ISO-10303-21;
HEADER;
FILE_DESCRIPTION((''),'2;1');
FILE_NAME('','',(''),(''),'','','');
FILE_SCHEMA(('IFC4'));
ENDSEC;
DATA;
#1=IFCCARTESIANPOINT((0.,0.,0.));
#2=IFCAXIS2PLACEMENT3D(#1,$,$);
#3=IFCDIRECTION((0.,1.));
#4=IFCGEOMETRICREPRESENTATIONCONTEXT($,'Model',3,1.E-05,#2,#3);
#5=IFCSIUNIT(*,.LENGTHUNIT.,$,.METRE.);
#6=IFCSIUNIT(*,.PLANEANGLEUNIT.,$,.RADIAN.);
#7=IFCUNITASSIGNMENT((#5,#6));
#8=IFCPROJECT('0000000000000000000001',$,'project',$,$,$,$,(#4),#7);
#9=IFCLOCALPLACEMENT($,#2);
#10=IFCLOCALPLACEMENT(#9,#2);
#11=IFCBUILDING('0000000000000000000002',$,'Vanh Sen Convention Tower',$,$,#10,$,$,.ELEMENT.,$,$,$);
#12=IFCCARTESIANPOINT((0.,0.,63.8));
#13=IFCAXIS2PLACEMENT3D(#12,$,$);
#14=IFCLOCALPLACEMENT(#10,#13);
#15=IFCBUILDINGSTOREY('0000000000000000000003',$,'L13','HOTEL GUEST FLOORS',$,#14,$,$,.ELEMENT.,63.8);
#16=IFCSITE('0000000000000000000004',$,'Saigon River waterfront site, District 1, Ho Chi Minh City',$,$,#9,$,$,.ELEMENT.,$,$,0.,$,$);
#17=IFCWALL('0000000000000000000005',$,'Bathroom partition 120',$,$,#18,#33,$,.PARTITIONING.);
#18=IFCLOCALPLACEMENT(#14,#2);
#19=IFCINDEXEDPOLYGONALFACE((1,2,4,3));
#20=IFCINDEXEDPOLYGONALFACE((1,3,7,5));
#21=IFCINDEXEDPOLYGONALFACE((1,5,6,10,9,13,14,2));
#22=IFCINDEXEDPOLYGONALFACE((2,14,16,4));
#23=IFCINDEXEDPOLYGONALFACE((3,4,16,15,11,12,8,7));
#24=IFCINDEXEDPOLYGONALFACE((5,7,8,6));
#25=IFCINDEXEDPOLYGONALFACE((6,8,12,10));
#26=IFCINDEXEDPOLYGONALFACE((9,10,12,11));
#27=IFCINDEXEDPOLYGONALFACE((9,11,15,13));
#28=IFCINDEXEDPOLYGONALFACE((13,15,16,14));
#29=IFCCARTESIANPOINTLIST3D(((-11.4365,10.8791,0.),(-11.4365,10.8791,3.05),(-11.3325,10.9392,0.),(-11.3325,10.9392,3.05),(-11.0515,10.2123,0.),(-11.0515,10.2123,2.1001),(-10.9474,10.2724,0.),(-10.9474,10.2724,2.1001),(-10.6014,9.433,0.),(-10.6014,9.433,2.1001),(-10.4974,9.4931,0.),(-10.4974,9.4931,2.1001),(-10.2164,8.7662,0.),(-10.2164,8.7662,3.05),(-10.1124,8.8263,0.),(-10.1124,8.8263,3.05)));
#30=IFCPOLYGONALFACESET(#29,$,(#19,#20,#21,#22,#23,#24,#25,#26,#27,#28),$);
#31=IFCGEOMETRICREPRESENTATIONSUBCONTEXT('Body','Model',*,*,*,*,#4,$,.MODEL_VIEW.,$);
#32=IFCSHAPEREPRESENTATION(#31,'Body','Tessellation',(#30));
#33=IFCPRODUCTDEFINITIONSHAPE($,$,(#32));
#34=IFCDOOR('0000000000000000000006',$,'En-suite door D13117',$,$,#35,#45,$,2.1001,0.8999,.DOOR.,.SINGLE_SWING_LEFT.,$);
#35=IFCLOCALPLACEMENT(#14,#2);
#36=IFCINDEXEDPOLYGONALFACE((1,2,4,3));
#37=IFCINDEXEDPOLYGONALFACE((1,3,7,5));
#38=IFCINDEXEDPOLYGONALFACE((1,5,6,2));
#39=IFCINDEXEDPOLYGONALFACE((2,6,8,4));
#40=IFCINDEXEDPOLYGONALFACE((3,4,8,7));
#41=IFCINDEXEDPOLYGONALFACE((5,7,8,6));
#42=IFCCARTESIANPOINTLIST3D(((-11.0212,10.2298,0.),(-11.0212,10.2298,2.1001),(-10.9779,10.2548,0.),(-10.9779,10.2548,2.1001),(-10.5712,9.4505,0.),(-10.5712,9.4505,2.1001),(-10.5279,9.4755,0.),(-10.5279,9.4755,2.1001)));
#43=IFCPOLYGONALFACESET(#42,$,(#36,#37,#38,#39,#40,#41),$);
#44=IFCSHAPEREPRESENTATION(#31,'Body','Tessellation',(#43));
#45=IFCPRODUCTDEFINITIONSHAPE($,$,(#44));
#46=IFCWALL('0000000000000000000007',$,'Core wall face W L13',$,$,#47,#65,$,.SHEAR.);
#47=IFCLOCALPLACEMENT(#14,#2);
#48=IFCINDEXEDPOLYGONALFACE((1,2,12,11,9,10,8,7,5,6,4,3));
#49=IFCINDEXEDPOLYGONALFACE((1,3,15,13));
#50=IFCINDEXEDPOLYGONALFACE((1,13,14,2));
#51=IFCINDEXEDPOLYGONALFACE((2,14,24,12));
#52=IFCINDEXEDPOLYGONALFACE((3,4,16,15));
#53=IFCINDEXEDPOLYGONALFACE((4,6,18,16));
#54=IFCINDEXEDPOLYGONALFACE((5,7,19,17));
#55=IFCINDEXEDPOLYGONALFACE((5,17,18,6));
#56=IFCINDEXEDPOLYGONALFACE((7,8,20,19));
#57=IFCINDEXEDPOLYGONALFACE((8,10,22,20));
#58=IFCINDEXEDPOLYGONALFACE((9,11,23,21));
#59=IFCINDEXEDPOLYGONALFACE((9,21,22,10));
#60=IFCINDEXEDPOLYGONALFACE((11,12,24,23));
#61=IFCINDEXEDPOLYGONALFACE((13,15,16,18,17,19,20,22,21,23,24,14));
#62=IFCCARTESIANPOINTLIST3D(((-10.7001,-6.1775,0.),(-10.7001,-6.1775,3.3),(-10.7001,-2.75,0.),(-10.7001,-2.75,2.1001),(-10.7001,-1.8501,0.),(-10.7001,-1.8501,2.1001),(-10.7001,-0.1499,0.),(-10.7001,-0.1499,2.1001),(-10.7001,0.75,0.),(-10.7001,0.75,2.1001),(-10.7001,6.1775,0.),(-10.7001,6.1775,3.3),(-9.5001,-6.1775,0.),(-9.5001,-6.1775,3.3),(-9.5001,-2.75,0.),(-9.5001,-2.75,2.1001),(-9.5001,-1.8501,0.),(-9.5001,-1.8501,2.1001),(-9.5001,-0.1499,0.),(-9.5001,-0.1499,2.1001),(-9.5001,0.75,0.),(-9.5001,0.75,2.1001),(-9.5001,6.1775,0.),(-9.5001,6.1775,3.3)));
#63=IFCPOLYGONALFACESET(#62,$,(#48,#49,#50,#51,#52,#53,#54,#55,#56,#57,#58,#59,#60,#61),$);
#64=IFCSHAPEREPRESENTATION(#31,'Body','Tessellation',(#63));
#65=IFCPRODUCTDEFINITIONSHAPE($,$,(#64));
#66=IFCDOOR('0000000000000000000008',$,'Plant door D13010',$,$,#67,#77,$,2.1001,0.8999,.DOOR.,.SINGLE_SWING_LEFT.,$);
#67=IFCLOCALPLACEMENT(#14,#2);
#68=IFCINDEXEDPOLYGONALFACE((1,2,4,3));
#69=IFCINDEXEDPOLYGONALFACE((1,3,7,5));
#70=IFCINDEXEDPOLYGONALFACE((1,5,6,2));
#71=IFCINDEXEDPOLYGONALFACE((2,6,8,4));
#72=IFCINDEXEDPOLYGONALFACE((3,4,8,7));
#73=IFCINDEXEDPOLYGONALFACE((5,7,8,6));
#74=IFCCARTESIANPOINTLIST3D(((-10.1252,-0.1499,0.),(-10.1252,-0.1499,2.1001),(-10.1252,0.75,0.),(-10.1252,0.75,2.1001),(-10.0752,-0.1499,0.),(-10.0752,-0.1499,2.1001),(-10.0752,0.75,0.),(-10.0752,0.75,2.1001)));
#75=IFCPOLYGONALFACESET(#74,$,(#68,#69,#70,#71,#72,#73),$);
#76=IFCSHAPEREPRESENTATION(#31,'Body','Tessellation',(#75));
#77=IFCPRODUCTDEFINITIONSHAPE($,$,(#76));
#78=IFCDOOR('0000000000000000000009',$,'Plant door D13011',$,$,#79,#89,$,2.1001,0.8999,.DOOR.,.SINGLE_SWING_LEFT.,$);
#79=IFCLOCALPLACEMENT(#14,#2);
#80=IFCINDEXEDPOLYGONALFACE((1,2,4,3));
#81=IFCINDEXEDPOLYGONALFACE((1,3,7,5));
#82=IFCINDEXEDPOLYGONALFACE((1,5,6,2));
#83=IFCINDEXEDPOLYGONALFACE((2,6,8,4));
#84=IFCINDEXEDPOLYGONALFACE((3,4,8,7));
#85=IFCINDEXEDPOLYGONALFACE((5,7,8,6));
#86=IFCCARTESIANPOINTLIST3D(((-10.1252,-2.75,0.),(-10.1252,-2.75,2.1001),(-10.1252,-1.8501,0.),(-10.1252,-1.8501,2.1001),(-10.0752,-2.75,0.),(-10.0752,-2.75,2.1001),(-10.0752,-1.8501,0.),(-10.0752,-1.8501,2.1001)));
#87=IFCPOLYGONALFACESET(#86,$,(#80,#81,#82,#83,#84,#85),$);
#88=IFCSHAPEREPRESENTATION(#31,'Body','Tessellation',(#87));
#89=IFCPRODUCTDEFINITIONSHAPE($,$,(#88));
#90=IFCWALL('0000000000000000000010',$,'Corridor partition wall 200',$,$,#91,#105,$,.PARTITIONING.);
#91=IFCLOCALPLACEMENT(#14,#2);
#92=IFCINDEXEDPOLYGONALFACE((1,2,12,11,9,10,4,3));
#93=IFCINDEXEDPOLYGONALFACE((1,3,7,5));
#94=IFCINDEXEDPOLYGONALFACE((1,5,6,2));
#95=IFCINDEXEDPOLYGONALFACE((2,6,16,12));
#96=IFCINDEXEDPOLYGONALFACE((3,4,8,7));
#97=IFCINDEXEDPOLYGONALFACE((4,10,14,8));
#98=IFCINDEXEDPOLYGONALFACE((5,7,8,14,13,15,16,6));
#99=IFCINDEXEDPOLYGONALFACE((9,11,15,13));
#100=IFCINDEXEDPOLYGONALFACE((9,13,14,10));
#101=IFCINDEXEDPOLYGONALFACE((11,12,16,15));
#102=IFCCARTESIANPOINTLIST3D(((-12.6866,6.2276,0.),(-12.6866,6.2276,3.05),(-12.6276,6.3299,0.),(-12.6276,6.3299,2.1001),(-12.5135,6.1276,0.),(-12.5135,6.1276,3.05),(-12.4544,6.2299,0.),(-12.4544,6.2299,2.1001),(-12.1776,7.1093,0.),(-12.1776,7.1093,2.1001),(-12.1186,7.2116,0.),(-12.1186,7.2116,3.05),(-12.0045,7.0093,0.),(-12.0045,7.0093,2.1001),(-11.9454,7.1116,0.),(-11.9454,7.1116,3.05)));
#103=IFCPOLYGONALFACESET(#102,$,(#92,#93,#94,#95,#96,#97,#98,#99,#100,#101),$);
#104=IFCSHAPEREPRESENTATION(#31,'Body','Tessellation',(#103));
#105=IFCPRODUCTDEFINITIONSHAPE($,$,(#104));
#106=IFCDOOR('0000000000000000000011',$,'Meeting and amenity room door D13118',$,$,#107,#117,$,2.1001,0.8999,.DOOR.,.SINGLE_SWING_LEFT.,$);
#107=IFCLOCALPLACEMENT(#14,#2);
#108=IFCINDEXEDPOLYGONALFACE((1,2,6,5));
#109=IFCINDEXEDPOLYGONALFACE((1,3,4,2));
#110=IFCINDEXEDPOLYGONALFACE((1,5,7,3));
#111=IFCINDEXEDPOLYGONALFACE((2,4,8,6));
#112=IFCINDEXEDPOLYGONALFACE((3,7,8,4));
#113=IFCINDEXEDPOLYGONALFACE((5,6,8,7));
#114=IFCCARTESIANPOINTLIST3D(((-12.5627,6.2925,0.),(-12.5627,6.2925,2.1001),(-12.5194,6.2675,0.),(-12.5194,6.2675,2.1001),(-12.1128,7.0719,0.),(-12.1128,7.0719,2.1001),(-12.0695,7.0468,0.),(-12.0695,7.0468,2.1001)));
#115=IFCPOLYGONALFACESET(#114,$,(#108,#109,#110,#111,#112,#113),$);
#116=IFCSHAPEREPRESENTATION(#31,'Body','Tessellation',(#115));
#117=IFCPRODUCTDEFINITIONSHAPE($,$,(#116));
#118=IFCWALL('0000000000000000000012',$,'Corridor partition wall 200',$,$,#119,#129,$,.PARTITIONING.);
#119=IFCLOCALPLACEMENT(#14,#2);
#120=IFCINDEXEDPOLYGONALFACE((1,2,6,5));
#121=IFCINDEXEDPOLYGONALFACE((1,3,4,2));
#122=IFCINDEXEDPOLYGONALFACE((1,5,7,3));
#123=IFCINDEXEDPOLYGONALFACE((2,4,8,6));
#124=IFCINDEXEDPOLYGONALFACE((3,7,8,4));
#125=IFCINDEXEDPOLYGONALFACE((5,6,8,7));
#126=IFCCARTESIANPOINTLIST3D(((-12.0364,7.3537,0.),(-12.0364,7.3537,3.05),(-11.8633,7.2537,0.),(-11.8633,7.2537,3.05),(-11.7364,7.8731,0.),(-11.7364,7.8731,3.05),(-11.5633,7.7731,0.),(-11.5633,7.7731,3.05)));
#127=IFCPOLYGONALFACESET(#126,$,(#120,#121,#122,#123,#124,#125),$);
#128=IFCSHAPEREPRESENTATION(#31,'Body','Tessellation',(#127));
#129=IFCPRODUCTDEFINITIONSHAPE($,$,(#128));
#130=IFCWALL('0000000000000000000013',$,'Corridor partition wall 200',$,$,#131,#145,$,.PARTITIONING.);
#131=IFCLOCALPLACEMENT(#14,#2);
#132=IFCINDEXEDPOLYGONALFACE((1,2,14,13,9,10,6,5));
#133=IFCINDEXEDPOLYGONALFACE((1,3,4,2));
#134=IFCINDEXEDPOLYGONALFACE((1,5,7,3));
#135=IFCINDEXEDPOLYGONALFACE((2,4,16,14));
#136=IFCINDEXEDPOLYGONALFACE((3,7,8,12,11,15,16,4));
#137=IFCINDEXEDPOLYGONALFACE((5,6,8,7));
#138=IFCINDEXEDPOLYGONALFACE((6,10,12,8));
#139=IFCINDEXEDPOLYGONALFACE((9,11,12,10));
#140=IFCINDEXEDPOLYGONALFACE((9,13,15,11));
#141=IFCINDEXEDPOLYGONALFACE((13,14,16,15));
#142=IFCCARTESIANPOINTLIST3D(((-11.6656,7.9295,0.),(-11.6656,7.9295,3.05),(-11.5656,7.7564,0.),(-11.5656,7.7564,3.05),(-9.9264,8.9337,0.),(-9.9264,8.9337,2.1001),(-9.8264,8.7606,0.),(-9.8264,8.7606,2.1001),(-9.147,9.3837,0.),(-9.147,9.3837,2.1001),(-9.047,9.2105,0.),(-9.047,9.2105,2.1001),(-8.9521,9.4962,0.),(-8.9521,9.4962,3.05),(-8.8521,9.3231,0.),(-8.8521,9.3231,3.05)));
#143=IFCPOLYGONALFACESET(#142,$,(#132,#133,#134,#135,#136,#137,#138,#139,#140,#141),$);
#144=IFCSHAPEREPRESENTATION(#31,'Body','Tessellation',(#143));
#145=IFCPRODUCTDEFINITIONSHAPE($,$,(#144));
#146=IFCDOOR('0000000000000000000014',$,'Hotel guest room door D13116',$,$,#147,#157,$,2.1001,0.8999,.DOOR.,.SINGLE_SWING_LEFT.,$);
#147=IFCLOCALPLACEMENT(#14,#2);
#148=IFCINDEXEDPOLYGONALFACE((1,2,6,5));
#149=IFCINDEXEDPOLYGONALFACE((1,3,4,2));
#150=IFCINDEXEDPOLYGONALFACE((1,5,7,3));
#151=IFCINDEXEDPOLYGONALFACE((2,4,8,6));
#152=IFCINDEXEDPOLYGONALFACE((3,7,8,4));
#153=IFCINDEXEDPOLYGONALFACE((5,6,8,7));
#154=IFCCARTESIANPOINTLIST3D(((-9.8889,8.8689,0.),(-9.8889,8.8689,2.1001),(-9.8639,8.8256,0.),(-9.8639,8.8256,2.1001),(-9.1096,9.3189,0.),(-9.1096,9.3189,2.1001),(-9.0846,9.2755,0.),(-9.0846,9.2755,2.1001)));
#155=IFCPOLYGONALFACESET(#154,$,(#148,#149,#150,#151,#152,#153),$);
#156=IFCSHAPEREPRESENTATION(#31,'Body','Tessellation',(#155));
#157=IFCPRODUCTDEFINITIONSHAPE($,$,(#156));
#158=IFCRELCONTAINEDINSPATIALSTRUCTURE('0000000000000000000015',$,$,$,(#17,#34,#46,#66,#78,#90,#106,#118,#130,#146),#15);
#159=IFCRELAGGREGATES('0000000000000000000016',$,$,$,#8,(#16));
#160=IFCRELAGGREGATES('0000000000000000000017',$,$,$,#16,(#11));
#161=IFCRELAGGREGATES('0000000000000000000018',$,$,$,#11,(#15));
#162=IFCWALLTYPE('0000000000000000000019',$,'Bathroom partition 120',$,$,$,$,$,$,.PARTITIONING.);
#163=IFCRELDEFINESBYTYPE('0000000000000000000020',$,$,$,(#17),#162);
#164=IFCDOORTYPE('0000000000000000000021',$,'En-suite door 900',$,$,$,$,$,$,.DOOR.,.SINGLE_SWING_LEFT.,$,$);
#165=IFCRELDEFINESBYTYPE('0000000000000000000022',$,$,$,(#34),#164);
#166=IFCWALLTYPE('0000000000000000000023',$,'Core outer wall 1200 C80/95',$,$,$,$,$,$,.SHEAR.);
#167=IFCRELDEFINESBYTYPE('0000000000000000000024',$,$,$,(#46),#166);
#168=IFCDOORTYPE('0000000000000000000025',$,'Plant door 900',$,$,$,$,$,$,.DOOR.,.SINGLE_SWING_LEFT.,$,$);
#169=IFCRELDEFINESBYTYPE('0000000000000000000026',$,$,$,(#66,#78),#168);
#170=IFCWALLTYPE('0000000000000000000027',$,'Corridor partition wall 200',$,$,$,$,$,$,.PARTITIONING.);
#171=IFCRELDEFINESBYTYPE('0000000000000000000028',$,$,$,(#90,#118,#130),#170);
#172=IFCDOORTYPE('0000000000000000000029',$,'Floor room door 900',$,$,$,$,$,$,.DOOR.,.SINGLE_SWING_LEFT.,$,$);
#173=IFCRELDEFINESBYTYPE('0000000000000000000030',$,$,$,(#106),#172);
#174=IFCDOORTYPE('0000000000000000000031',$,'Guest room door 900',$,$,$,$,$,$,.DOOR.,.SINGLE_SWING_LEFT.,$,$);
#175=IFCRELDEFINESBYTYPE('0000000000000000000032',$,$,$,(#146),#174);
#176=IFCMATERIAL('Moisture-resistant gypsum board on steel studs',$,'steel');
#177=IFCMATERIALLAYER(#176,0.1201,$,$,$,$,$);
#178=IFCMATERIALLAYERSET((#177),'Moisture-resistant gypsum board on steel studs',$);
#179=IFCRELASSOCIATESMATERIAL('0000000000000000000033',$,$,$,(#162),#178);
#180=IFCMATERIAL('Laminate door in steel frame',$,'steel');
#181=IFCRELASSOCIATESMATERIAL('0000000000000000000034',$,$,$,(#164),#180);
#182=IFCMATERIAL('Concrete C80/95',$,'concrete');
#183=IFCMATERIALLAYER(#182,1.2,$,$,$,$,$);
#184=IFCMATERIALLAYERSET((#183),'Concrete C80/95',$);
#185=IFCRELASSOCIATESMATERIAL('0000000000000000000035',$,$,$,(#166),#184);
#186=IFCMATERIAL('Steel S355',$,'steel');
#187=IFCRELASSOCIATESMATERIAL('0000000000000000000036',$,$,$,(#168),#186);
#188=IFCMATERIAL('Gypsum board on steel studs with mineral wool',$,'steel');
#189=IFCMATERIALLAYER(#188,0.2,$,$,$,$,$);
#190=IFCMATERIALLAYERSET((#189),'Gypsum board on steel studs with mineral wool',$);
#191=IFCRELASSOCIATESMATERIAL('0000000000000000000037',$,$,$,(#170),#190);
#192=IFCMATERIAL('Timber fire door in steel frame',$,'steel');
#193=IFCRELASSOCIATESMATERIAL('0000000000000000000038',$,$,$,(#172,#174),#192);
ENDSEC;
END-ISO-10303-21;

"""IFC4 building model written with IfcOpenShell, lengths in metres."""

from ifc_helpers import new_model, si_unit, direction, frame, frame_2d, origin, place, context, subcontext, project, spatial, rectangle, extrude, material, layer, layer_set, type_object, element, fill, save


model = new_model("IFC4")

# Units and contexts
model_context = context("Model", 3, precision=1e-05, world=origin(), true_north=direction((0.0, 1.0)))
body_context = subcontext(model_context, "Body", "Model", "MODEL_VIEW")
ifc_project = project(units=[si_unit("LENGTHUNIT", "METRE"), si_unit("PLANEANGLEUNIT", "RADIAN")], contexts=[model_context])

# Site, building, storey
site_placement = place(None, origin())
site = spatial("IfcSite", under=ifc_project, at=site_placement, Name="Saigon River waterfront site, District 1, Ho Chi Minh City", CompositionType="ELEMENT", RefElevation=0.0)
building_placement = place(site_placement, origin())
building = spatial("IfcBuilding", under=site, at=building_placement, Name="Vanh Sen Convention Tower", CompositionType="ELEMENT")
storey_placement = place(building_placement, frame((0.0, 0.0, 63.8)))
storey = spatial("IfcBuildingStorey", under=building, at=storey_placement, Name="L13", Description="HOTEL GUEST FLOORS", CompositionType="ELEMENT", Elevation=63.8)

# Wall, opening, door
ifc_material_1 = material(Name="Moisture-resistant gypsum board on steel studs", Category="steel")
ifc_layer_1 = layer(ifc_material_1, 0.1201)
ifc_layer_set_1 = layer_set([ifc_layer_1], Name="Moisture-resistant gypsum board on steel studs")
wall_type_1 = type_object("IfcWallType", Name="Bathroom partition 120", PredefinedType="PARTITIONING", material=ifc_layer_set_1)
wall_1_placement = place(storey_placement, frame((-11.3845, 10.9092, 0.0), z_axis=(0.0, 0.0, 1.0), x_axis=(0.500078, -0.865981, 0.0)))
wall_1 = element("IfcWall", 1, at=wall_1_placement, inside=storey, type_object=wall_type_1, Name="Bathroom partition 120", PredefinedType="PARTITIONING", context=body_context, shape_type="SweptSolid", body=[
    extrude(rectangle(XDim=2.4399, YDim=0.1201, at=frame_2d((1.22, 0.0))), origin(), (0.0, 0.0, 1.0), 3.05),
])
opening_1_placement = place(wall_1_placement, frame((0.77, 0.0, 0.0)))
opening_1 = element("IfcOpeningElement", 2, at=opening_1_placement, cuts=wall_1, PredefinedType="OPENING", context=body_context, shape_type="SweptSolid", body=[
    extrude(rectangle(XDim=0.8999, YDim=2.1001, at=frame_2d((0.45, 1.05))), frame((0.0, 0.0701, 0.0), z_axis=(0.0, -1.0, 0.0), x_axis=(1.0, 0.0, 0.0)), (0.0, 0.0, 1.0), 0.1401),
])
ifc_material_2 = material(Name="Laminate door in steel frame", Category="steel")
door_type_1 = type_object("IfcDoorType", Name="En-suite door 900", OperationType="SINGLE_SWING_LEFT", PredefinedType="DOOR", material=ifc_material_2)
door_1_placement = place(opening_1_placement, origin())
door_1 = element("IfcDoor", 3, at=door_1_placement, inside=storey, type_object=door_type_1, Name="En-suite door D13117", OperationType="SINGLE_SWING_LEFT", OverallHeight=2.1001, OverallWidth=0.8999, PredefinedType="DOOR", context=body_context, shape_type="SweptSolid", body=[
    extrude(rectangle(XDim=0.8999, YDim=2.1001, at=frame_2d((0.45, 1.05))), frame((0.0, 0.0249, 0.0), z_axis=(0.0, -1.0, 0.0), x_axis=(1.0, 0.0, 0.0)), (0.0, 0.0, 1.0), 0.05),
])
fill(opening_1, door_1)

# Wall, openings, doors
ifc_material_3 = material(Name="Concrete C80/95", Category="concrete")
ifc_layer_2 = layer(ifc_material_3, 1.2)
ifc_layer_set_2 = layer_set([ifc_layer_2], Name="Concrete C80/95")
wall_type_2 = type_object("IfcWallType", Name="Core outer wall 1200 C80/95", PredefinedType="SHEAR", material=ifc_layer_set_2)
wall_2_placement = place(storey_placement, frame((-10.1001, 6.1775, 0.0), z_axis=(0.0, 0.0, 1.0), x_axis=(0.0, -1.0, 0.0)))
wall_2 = element("IfcWall", 4, at=wall_2_placement, inside=storey, type_object=wall_type_2, Name="Core wall face W L13", PredefinedType="SHEAR", context=body_context, shape_type="SweptSolid", body=[
    extrude(rectangle(XDim=12.355, YDim=1.2, at=frame_2d((6.1775, 0.0))), origin(), (0.0, 0.0, 1.0), 3.3),
])
opening_2_placement = place(wall_2_placement, frame((5.4275, 0.0, 0.0)))
opening_2 = element("IfcOpeningElement", 5, at=opening_2_placement, cuts=wall_2, PredefinedType="OPENING", context=body_context, shape_type="SweptSolid", body=[
    extrude(rectangle(XDim=0.8999, YDim=2.1001, at=frame_2d((0.45, 1.05))), frame((0.0, 0.6099, 0.0), z_axis=(0.0, -1.0, 0.0), x_axis=(1.0, 0.0, 0.0)), (0.0, 0.0, 1.0), 1.22),
])
opening_3_placement = place(wall_2_placement, frame((8.0276, 0.0, 0.0)))
opening_3 = element("IfcOpeningElement", 6, at=opening_3_placement, cuts=wall_2, PredefinedType="OPENING", context=body_context, shape_type="SweptSolid", body=[
    extrude(rectangle(XDim=0.8999, YDim=2.1001, at=frame_2d((0.45, 1.05))), frame((0.0, 0.6099, 0.0), z_axis=(0.0, -1.0, 0.0), x_axis=(1.0, 0.0, 0.0)), (0.0, 0.0, 1.0), 1.22),
])
ifc_material_4 = material(Name="Steel S355", Category="steel")
door_type_2 = type_object("IfcDoorType", Name="Plant door 900", OperationType="SINGLE_SWING_LEFT", PredefinedType="DOOR", material=ifc_material_4)
door_2_placement = place(opening_2_placement, origin())
door_2 = element("IfcDoor", 7, at=door_2_placement, inside=storey, type_object=door_type_2, Name="Plant door D13010", OperationType="SINGLE_SWING_LEFT", OverallHeight=2.1001, OverallWidth=0.8999, PredefinedType="DOOR", context=body_context, shape_type="SweptSolid", body=[
    extrude(rectangle(XDim=0.8999, YDim=2.1001, at=frame_2d((0.45, 1.05))), frame((0.0, 0.0249, 0.0), z_axis=(0.0, -1.0, 0.0), x_axis=(1.0, 0.0, 0.0)), (0.0, 0.0, 1.0), 0.05),
])
fill(opening_2, door_2)
door_3_placement = place(opening_3_placement, origin())
door_3 = element("IfcDoor", 8, at=door_3_placement, inside=storey, type_object=door_type_2, Name="Plant door D13011", OperationType="SINGLE_SWING_LEFT", OverallHeight=2.1001, OverallWidth=0.8999, PredefinedType="DOOR", context=body_context, shape_type="SweptSolid", body=[
    extrude(rectangle(XDim=0.8999, YDim=2.1001, at=frame_2d((0.45, 1.05))), frame((0.0, 0.0249, 0.0), z_axis=(0.0, -1.0, 0.0), x_axis=(1.0, 0.0, 0.0)), (0.0, 0.0, 1.0), 0.05),
])
fill(opening_3, door_3)

# Wall, opening, door
ifc_material_5 = material(Name="Gypsum board on steel studs with mineral wool", Category="steel")
ifc_layer_3 = layer(ifc_material_5, 0.2)
ifc_layer_set_3 = layer_set([ifc_layer_3], Name="Gypsum board on steel studs with mineral wool")
wall_type_3 = type_object("IfcWallType", Name="Corridor partition wall 200", PredefinedType="PARTITIONING", material=ifc_layer_set_3)
wall_3_placement = place(storey_placement, frame((-12.032, 7.1616, 0.0), z_axis=(0.0, 0.0, 1.0), x_axis=(-0.499952, -0.866053, 0.0)))
wall_3 = element("IfcWall", 9, at=wall_3_placement, inside=storey, type_object=wall_type_3, Name="Corridor partition wall 200", PredefinedType="PARTITIONING", context=body_context, shape_type="SweptSolid", body=[
    extrude(rectangle(XDim=1.1362, YDim=0.2, at=frame_2d((0.5681, 0.0))), origin(), (0.0, 0.0, 1.0), 3.05),
])
opening_4_placement = place(wall_3_placement, frame((0.1182, 0.0, 0.0)))
opening_4 = element("IfcOpeningElement", 10, at=opening_4_placement, cuts=wall_3, PredefinedType="OPENING", context=body_context, shape_type="SweptSolid", body=[
    extrude(rectangle(XDim=0.8999, YDim=2.1001, at=frame_2d((0.45, 1.05))), frame((0.0, 0.1099, 0.0), z_axis=(0.0, -1.0, 0.0), x_axis=(1.0, 0.0, 0.0)), (0.0, 0.0, 1.0), 0.22),
])
ifc_material_6 = material(Name="Timber fire door in steel frame", Category="steel")
door_type_3 = type_object("IfcDoorType", Name="Floor room door 900", OperationType="SINGLE_SWING_LEFT", PredefinedType="DOOR", material=ifc_material_6)
door_4_placement = place(opening_4_placement, origin())
door_4 = element("IfcDoor", 11, at=door_4_placement, inside=storey, type_object=door_type_3, Name="Meeting and amenity room door D13118", OperationType="SINGLE_SWING_LEFT", OverallHeight=2.1001, OverallWidth=0.8999, PredefinedType="DOOR", context=body_context, shape_type="SweptSolid", body=[
    extrude(rectangle(XDim=0.8999, YDim=2.1001, at=frame_2d((0.45, 1.05))), frame((0.0, 0.0249, 0.0), z_axis=(0.0, -1.0, 0.0), x_axis=(1.0, 0.0, 0.0)), (0.0, 0.0, 1.0), 0.05),
])
fill(opening_4, door_4)

# Wall
wall_4_placement = place(storey_placement, frame((-11.6499, 7.823, 0.0), z_axis=(0.0, 0.0, 1.0), x_axis=(-0.500122, -0.865955, 0.0)))
element("IfcWall", 12, at=wall_4_placement, inside=storey, type_object=wall_type_3, Name="Corridor partition wall 200", PredefinedType="PARTITIONING", context=body_context, shape_type="SweptSolid", body=[
    extrude(rectangle(XDim=0.5999, YDim=0.2, at=frame_2d((0.2998, 0.0))), origin(), (0.0, 0.0, 1.0), 3.05),
])

# Wall, opening, door
wall_5_placement = place(storey_placement, frame((-8.9021, 9.4097, 0.0), z_axis=(0.0, 0.0, 1.0), x_axis=(-0.866014, -0.500019, 0.0)))
wall_5 = element("IfcWall", 13, at=wall_5_placement, inside=storey, type_object=wall_type_3, Name="Corridor partition wall 200", PredefinedType="PARTITIONING", context=body_context, shape_type="SweptSolid", body=[
    extrude(rectangle(XDim=3.1333, YDim=0.2, at=frame_2d((1.5667, 0.0))), origin(), (0.0, 0.0, 1.0), 3.05),
])
opening_5_placement = place(wall_5_placement, frame((0.2251, 0.0, 0.0)))
opening_5 = element("IfcOpeningElement", 14, at=opening_5_placement, cuts=wall_5, PredefinedType="OPENING", context=body_context, shape_type="SweptSolid", body=[
    extrude(rectangle(XDim=0.8999, YDim=2.1001, at=frame_2d((0.45, 1.05))), frame((0.0, 0.1099, 0.0), z_axis=(0.0, -1.0, 0.0), x_axis=(1.0, 0.0, 0.0)), (0.0, 0.0, 1.0), 0.22),
])
door_type_4 = type_object("IfcDoorType", Name="Guest room door 900", OperationType="SINGLE_SWING_LEFT", PredefinedType="DOOR", material=ifc_material_6)
door_5_placement = place(opening_5_placement, origin())
door_5 = element("IfcDoor", 15, at=door_5_placement, inside=storey, type_object=door_type_4, Name="Hotel guest room door D13116", OperationType="SINGLE_SWING_LEFT", OverallHeight=2.1001, OverallWidth=0.8999, PredefinedType="DOOR", context=body_context, shape_type="SweptSolid", body=[
    extrude(rectangle(XDim=0.8999, YDim=2.1001, at=frame_2d((0.45, 1.05))), frame((0.0, 0.0249, 0.0), z_axis=(0.0, -1.0, 0.0), x_axis=(1.0, 0.0, 0.0)), (0.0, 0.0, 1.0), 0.05),
])
fill(opening_5, door_5)

save(model, "model.ifc")
